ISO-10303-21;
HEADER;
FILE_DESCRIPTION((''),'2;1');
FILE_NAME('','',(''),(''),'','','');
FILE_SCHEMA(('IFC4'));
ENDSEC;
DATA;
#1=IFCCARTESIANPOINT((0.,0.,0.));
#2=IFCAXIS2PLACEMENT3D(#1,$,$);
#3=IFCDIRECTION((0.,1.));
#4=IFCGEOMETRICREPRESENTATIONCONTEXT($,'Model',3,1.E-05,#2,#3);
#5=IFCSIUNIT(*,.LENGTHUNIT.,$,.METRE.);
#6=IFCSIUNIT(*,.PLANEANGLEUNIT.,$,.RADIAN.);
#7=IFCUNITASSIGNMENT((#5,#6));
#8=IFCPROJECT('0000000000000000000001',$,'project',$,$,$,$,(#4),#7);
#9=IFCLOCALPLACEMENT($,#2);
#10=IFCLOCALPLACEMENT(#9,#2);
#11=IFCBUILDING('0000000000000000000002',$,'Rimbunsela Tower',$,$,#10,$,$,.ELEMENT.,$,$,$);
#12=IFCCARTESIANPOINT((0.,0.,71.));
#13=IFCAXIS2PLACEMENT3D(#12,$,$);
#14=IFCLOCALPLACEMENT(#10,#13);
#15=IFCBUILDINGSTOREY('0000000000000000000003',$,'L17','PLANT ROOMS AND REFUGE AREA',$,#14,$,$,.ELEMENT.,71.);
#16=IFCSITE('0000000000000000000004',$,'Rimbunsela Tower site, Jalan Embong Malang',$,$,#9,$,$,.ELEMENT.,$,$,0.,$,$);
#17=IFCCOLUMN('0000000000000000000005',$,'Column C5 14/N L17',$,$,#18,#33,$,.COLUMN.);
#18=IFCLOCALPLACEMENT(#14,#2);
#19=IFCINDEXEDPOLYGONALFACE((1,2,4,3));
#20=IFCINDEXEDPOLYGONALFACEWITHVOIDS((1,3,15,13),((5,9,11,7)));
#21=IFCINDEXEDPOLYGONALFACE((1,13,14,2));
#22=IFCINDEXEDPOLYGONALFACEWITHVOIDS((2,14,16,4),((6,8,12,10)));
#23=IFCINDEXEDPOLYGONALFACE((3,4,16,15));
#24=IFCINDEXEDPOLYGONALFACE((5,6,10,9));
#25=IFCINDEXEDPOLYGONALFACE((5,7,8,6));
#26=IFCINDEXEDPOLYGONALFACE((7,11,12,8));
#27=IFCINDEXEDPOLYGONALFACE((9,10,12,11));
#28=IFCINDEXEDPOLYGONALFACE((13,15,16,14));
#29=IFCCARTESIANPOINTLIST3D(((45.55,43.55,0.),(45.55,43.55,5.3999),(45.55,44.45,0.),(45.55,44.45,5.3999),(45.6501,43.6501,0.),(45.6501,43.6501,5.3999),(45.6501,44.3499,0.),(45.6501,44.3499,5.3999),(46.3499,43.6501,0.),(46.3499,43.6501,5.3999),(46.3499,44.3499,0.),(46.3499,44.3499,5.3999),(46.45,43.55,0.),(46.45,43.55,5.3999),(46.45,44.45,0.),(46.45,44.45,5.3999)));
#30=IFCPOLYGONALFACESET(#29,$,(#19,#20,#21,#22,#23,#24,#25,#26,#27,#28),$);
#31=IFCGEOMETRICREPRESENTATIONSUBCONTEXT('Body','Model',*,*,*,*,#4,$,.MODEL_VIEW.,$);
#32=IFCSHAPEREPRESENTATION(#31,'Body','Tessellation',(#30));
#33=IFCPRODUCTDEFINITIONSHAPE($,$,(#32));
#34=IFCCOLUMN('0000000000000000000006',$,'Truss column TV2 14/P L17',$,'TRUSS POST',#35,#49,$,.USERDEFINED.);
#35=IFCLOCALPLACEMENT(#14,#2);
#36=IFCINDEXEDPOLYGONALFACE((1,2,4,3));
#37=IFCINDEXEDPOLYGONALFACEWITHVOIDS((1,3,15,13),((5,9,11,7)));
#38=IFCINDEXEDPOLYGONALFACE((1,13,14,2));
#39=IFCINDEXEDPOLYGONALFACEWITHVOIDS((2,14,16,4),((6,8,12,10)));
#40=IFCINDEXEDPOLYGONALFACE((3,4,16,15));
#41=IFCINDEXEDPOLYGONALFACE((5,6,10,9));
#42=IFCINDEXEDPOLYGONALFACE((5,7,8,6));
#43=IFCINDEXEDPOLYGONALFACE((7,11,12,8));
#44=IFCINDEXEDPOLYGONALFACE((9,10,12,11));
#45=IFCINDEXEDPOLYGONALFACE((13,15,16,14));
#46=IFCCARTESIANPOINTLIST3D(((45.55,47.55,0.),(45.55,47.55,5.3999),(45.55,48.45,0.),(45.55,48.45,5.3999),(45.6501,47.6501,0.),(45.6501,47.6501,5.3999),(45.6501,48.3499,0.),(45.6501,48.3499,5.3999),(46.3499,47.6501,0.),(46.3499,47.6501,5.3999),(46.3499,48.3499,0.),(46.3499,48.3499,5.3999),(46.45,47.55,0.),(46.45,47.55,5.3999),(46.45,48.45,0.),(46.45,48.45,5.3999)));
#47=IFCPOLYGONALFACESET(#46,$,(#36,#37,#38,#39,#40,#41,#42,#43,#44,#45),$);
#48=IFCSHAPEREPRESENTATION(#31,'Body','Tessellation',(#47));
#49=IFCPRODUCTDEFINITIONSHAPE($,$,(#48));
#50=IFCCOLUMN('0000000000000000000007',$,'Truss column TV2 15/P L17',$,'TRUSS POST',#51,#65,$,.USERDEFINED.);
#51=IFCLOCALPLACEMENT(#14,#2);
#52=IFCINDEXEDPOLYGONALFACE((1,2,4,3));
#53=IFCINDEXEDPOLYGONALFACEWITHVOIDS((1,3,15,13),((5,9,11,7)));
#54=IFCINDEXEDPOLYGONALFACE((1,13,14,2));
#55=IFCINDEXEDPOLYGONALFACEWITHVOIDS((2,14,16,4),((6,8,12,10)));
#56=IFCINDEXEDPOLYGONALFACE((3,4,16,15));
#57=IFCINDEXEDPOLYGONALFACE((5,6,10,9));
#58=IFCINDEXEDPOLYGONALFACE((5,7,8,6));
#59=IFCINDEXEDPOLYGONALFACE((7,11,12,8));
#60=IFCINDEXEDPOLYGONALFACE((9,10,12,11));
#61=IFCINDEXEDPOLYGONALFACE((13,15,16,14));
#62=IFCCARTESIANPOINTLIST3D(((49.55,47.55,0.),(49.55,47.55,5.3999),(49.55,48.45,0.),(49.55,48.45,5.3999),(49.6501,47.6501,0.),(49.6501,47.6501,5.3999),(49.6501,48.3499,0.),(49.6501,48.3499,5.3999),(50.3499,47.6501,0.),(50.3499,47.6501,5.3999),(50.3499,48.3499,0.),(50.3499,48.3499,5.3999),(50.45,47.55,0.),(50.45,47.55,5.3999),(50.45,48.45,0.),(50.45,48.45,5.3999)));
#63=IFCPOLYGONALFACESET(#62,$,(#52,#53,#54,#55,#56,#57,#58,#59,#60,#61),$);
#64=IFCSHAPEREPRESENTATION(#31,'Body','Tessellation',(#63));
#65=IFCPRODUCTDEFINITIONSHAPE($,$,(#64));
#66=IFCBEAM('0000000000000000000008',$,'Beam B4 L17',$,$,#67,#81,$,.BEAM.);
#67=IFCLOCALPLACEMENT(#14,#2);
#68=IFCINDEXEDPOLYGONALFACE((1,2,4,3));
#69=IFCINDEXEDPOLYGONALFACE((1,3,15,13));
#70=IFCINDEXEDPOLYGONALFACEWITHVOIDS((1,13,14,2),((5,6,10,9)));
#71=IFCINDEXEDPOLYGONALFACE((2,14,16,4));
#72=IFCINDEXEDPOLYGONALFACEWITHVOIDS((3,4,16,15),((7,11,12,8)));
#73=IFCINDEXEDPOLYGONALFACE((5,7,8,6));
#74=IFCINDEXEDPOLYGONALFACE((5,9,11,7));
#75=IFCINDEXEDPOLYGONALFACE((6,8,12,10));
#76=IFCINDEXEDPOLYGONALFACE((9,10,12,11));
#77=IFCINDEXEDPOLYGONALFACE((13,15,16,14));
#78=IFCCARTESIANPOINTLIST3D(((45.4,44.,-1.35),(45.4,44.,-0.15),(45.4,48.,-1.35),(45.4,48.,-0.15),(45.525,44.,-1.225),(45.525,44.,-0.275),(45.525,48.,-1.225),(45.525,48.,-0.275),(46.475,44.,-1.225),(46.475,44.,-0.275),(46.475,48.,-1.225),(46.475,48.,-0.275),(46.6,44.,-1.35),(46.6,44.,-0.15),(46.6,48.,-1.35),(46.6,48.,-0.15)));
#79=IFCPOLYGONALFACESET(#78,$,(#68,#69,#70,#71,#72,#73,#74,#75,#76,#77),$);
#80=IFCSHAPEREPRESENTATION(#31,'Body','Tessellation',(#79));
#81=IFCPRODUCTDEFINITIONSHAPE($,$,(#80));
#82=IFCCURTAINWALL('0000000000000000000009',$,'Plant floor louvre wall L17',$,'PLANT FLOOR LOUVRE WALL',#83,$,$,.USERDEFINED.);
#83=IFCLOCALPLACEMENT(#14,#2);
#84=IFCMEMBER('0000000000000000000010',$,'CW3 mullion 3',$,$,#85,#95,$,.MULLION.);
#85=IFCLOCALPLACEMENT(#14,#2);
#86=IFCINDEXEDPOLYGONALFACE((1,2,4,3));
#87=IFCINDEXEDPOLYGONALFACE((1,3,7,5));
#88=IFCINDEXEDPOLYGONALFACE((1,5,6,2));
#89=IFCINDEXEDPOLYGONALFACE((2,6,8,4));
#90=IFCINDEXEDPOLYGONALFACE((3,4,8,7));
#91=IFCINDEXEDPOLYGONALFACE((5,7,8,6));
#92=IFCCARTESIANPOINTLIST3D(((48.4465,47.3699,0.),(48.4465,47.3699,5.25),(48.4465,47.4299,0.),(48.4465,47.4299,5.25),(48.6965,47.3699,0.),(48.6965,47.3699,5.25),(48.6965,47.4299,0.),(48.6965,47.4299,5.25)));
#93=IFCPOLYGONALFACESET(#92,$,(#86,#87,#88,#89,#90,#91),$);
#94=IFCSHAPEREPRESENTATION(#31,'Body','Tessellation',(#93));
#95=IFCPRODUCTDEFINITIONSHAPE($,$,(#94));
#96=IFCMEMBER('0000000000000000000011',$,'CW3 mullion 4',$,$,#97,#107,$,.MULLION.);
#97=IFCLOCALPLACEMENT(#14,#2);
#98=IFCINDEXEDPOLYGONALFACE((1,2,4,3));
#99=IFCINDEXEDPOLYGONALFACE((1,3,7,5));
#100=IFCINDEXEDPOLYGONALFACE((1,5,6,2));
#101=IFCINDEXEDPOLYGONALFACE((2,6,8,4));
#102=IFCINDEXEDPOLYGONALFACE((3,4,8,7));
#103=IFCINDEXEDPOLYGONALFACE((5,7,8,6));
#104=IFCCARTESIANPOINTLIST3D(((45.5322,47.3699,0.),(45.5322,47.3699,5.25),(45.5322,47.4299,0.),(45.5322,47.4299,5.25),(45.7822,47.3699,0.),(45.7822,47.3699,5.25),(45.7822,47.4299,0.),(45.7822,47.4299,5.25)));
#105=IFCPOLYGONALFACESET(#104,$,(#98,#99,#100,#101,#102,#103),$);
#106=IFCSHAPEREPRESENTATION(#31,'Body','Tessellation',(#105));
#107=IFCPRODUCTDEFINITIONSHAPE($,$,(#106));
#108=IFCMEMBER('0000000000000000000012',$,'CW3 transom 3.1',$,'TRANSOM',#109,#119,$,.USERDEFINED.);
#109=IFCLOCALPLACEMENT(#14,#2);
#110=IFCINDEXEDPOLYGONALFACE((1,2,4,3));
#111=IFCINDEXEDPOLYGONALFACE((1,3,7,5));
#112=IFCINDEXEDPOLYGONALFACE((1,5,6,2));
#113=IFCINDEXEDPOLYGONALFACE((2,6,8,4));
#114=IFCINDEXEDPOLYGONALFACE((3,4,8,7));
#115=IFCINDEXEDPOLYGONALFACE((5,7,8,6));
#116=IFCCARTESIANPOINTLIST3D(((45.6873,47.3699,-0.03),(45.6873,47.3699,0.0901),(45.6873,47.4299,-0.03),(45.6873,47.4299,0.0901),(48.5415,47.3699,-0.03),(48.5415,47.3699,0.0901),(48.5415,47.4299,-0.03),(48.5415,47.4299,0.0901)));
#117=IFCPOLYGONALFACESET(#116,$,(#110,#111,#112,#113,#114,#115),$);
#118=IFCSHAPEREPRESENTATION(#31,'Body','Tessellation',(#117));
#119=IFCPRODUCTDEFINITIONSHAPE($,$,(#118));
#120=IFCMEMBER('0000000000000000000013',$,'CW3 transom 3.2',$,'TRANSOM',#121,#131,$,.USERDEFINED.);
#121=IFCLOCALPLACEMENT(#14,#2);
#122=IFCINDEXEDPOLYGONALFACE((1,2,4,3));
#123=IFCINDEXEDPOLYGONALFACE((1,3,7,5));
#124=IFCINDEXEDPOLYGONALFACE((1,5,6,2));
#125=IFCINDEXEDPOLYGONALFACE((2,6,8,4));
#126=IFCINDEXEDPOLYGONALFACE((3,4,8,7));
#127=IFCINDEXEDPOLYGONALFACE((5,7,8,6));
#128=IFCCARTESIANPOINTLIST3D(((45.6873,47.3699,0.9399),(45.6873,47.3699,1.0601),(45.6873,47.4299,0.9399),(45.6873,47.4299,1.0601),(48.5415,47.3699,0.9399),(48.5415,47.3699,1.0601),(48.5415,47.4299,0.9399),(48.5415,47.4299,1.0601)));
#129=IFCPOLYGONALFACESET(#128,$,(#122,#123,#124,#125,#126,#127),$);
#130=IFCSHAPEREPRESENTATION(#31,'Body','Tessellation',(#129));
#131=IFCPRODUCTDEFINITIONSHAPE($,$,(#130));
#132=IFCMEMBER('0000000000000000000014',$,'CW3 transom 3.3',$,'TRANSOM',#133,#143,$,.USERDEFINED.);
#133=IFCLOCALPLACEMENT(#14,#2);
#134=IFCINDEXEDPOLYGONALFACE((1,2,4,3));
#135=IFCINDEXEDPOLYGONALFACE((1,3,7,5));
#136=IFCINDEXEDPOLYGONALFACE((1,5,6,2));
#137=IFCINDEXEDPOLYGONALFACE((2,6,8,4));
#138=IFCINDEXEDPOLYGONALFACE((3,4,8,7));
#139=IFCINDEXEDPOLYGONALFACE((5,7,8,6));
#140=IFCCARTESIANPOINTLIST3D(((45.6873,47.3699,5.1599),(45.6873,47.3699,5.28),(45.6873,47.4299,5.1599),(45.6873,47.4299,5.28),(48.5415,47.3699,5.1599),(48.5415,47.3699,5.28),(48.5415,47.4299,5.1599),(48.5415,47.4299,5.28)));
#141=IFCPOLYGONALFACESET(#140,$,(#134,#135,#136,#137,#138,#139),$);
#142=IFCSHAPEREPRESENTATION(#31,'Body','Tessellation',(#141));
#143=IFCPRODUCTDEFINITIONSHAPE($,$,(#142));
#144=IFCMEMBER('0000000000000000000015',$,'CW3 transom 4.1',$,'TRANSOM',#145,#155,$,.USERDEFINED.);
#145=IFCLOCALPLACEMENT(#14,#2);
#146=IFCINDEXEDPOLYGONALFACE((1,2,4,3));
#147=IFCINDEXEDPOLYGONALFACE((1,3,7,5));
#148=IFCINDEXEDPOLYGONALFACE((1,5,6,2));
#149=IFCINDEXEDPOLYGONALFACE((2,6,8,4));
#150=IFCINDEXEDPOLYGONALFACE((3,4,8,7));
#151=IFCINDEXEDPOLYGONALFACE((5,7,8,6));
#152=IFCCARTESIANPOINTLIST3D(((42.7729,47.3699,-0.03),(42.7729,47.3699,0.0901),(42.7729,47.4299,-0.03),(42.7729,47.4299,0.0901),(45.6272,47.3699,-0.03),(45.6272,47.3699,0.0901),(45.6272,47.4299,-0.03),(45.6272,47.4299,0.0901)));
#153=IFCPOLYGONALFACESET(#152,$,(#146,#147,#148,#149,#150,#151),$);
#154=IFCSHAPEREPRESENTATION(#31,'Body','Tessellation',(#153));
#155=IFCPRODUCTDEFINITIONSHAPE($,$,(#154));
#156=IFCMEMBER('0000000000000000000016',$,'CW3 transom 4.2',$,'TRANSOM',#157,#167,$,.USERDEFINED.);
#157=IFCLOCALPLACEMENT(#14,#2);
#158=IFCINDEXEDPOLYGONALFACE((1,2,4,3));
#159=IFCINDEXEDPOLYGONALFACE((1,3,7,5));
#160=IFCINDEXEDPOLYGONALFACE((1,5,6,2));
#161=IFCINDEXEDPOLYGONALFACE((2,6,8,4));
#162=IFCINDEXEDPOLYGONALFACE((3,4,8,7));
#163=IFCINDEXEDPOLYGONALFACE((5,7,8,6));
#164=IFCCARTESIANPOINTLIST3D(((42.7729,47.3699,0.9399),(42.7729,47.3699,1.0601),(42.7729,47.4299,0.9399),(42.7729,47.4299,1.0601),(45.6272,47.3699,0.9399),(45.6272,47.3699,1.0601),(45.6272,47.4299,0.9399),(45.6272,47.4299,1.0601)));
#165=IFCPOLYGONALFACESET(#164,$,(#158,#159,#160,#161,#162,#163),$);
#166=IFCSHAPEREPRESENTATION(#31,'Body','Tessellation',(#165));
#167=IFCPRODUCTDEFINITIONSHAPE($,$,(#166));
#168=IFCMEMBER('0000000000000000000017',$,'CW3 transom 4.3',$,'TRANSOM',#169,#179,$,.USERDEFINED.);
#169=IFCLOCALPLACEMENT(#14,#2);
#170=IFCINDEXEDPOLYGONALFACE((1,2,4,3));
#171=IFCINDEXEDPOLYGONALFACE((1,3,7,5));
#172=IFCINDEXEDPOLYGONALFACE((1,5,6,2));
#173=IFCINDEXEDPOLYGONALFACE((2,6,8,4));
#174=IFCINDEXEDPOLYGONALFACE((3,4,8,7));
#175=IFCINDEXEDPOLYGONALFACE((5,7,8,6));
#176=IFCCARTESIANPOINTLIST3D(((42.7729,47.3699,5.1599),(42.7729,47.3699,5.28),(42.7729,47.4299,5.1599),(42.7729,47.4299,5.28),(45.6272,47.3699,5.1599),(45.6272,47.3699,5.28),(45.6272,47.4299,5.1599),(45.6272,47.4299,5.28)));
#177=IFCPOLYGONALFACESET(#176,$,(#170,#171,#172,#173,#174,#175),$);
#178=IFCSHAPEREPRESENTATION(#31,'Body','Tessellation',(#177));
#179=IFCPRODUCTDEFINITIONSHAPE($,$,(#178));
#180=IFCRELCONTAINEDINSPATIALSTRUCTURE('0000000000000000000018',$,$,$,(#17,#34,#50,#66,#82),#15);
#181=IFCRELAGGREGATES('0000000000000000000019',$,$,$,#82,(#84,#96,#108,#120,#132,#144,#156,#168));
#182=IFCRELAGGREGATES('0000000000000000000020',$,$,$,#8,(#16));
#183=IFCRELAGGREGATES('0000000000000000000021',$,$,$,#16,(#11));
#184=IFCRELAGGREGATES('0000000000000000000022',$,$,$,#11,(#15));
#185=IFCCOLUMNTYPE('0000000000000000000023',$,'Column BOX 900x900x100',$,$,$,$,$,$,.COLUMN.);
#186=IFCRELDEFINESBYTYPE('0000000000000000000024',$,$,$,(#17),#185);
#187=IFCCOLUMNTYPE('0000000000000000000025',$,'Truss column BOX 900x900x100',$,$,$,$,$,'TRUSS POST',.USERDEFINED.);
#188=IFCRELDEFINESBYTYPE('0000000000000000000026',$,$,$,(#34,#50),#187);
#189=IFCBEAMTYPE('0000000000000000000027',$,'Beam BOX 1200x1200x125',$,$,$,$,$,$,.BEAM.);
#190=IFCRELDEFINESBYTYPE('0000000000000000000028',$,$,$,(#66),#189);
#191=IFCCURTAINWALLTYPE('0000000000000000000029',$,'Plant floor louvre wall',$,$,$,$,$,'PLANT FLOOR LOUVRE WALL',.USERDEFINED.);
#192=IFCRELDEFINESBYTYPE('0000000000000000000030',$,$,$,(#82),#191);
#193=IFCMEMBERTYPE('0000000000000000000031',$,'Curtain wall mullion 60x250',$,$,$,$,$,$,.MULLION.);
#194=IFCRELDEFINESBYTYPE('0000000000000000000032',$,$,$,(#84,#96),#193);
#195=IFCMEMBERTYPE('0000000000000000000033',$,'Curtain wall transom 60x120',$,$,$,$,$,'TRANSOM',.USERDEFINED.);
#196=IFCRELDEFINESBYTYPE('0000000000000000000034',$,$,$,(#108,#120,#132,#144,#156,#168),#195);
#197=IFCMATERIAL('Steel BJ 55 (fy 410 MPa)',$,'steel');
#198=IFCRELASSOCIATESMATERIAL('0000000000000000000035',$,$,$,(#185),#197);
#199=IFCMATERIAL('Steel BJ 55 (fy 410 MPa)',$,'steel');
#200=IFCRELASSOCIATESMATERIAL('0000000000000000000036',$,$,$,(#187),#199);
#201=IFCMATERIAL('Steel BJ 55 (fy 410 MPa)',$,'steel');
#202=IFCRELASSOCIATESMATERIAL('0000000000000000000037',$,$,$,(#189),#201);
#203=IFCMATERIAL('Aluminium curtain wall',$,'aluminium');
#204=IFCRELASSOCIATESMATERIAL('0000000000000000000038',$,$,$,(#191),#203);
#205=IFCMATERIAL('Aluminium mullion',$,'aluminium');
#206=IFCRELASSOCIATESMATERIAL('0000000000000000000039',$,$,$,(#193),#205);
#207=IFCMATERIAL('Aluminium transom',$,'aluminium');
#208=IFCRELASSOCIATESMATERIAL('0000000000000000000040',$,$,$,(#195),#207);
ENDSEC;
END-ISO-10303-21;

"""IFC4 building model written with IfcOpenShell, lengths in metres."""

from ifc_helpers import new_model, si_unit, direction, frame, origin, origin_2d, place, context, subcontext, project, spatial, rectangle, hollow_rectangle, extrude, material, material_profile, profile_set, type_object, element, aggregate, save


model = new_model("IFC4")

# Units and contexts
model_context = context("Model", 3, precision=1e-05, world=origin(), true_north=direction((0.0, 1.0)))
body_context = subcontext(model_context, "Body", "Model", "MODEL_VIEW")
ifc_project = project(units=[si_unit("LENGTHUNIT", "METRE"), si_unit("PLANEANGLEUNIT", "RADIAN")], contexts=[model_context])

# Site, building, storey
site_placement = place(None, origin())
site = spatial("IfcSite", under=ifc_project, at=site_placement, Name="Rimbunsela Tower site, Jalan Embong Malang", CompositionType="ELEMENT", RefElevation=0.0)
building_placement = place(site_placement, origin())
building = spatial("IfcBuilding", under=site, at=building_placement, Name="Rimbunsela Tower", CompositionType="ELEMENT")
storey_placement = place(building_placement, frame((0.0, 0.0, 71.0)))
storey = spatial("IfcBuildingStorey", under=building, at=storey_placement, Name="L17", Description="PLANT ROOMS AND REFUGE AREA", CompositionType="ELEMENT", Elevation=71.0)

# Columns
ifc_material_1 = material(Name="Steel BJ 55 (fy 410 MPa)", Category="steel")
ifc_material_profile_1 = material_profile(ifc_material_1, hollow_rectangle(XDim=0.8999, YDim=0.8999, WallThickness=0.1001, at=origin_2d()), Name="BOX 900x900x100")
ifc_profile_set_1 = profile_set([ifc_material_profile_1], Name="Steel BJ 55 (fy 410 MPa)")
column_type_1 = type_object("IfcColumnType", Name="Column BOX 900x900x100", PredefinedType="COLUMN", material=ifc_profile_set_1)
column_placement = place(storey_placement, frame((46.0, 44.0, 0.0), z_axis=(0.0, 0.0, 1.0), x_axis=(1.0, 0.0, 0.0)))
element("IfcColumn", 1, at=column_placement, inside=storey, type_object=column_type_1, Name="Column C5 14/N L17", PredefinedType="COLUMN", context=body_context, shape_type="SweptSolid", body=[
    extrude(hollow_rectangle(XDim=0.8999, YDim=0.8999, WallThickness=0.1001, at=origin_2d()), origin(), (0.0, 0.0, 1.0), 5.3999),
])
ifc_material_2 = material(Name="Steel BJ 55 (fy 410 MPa)", Category="steel")
ifc_material_profile_2 = material_profile(ifc_material_2, hollow_rectangle(XDim=0.8999, YDim=0.8999, WallThickness=0.1001, at=origin_2d()), Name="BOX 900x900x100")
ifc_profile_set_2 = profile_set([ifc_material_profile_2], Name="Steel BJ 55 (fy 410 MPa)")
column_type_2 = type_object("IfcColumnType", Name="Truss column BOX 900x900x100", ElementType="TRUSS POST", PredefinedType="USERDEFINED", material=ifc_profile_set_2)
for number, where, z_axis, x_axis, name in (
    (2, (46.0, 48.0, 0.0), (0.0, 0.0, 1.0), (1.0, 0.0, 0.0), "Truss column TV2 14/P L17"),
    (3, (50.0, 48.0, 0.0), (0.0, 0.0, 1.0), (1.0, 0.0, 0.0), "Truss column TV2 15/P L17"),
):
    element("IfcColumn", number, at=place(storey_placement, frame(where, z_axis=z_axis, x_axis=x_axis)), inside=storey, type_object=column_type_2, Name=name, ObjectType="TRUSS POST", PredefinedType="USERDEFINED", context=body_context, shape_type="SweptSolid", body=[
        extrude(hollow_rectangle(XDim=0.8999, YDim=0.8999, WallThickness=0.1001, at=origin_2d()), origin(), (0.0, 0.0, 1.0), 5.3999),
    ])

# Beam
ifc_material_3 = material(Name="Steel BJ 55 (fy 410 MPa)", Category="steel")
ifc_material_profile_3 = material_profile(ifc_material_3, hollow_rectangle(XDim=1.2, YDim=1.2, WallThickness=0.125, at=origin_2d()), Name="BOX 1200x1200x125")
ifc_profile_set_3 = profile_set([ifc_material_profile_3], Name="Steel BJ 55 (fy 410 MPa)")
beam_type_1 = type_object("IfcBeamType", Name="Beam BOX 1200x1200x125", PredefinedType="BEAM", material=ifc_profile_set_3)
beam_placement = place(storey_placement, frame((46.0, 44.0, -0.75), z_axis=(0.0, 1.0, 0.0), x_axis=(-1.0, 0.0, 0.0)))
element("IfcBeam", 4, at=beam_placement, inside=storey, type_object=beam_type_1, Name="Beam B4 L17", PredefinedType="BEAM", context=body_context, shape_type="SweptSolid", body=[
    extrude(hollow_rectangle(XDim=1.2, YDim=1.2, WallThickness=0.125, at=origin_2d()), origin(), (0.0, 0.0, 1.0), 4.0),
])

# Curtain wall, members
ifc_material_4 = material(Name="Aluminium curtain wall", Category="aluminium")
curtain_wall_type = type_object("IfcCurtainWallType", Name="Plant floor louvre wall", ElementType="PLANT FLOOR LOUVRE WALL", PredefinedType="USERDEFINED", material=ifc_material_4)
curtain_wall_placement = place(storey_placement, origin())
curtain_wall = element("IfcCurtainWall", 5, at=curtain_wall_placement, inside=storey, type_object=curtain_wall_type, Name="Plant floor louvre wall L17", ObjectType="PLANT FLOOR LOUVRE WALL", PredefinedType="USERDEFINED")
ifc_material_5 = material(Name="Aluminium mullion", Category="aluminium")
ifc_material_profile_4 = material_profile(ifc_material_5, rectangle(XDim=0.0601, YDim=0.25, at=origin_2d()), Name="Mullion 60x250")
ifc_profile_set_4 = profile_set([ifc_material_profile_4], Name="Aluminium mullion")
member_type_1 = type_object("IfcMemberType", Name="Curtain wall mullion 60x250", PredefinedType="MULLION", material=ifc_profile_set_4)
member_1_placement = place(storey_placement, frame((48.5715, 47.3999, 0.0), z_axis=(0.0, 0.0, 1.0), x_axis=(0.0, -1.0, 0.0)))
member_1 = element("IfcMember", 6, at=member_1_placement, type_object=member_type_1, Name="CW3 mullion 3", PredefinedType="MULLION", context=body_context, shape_type="SweptSolid", body=[
    extrude(rectangle(XDim=0.0601, YDim=0.25, at=origin_2d()), origin(), (0.0, 0.0, 1.0), 5.25),
])
member_2_placement = place(storey_placement, frame((45.6572, 47.3999, 0.0), z_axis=(0.0, 0.0, 1.0), x_axis=(0.0, -1.0, 0.0)))
member_2 = element("IfcMember", 7, at=member_2_placement, type_object=member_type_1, Name="CW3 mullion 4", PredefinedType="MULLION", context=body_context, shape_type="SweptSolid", body=[
    extrude(rectangle(XDim=0.0601, YDim=0.25, at=origin_2d()), origin(), (0.0, 0.0, 1.0), 5.25),
])
ifc_material_6 = material(Name="Aluminium transom", Category="aluminium")
ifc_material_profile_5 = material_profile(ifc_material_6, rectangle(XDim=0.0601, YDim=0.1201, at=origin_2d()), Name="Transom 60x120")
ifc_profile_set_5 = profile_set([ifc_material_profile_5], Name="Aluminium transom")
member_type_2 = type_object("IfcMemberType", Name="Curtain wall transom 60x120", ElementType="TRANSOM", PredefinedType="USERDEFINED", material=ifc_profile_set_5)
member_3_placement = place(storey_placement, frame((48.5415, 47.3999, 0.03), z_axis=(-1.0, 0.0, 0.0), x_axis=(0.0, -1.0, 0.0)))
member_3 = element("IfcMember", 8, at=member_3_placement, type_object=member_type_2, Name="CW3 transom 3.1", ObjectType="TRANSOM", PredefinedType="USERDEFINED", context=body_context, shape_type="SweptSolid", body=[
    extrude(rectangle(XDim=0.0601, YDim=0.1201, at=origin_2d()), origin(), (0.0, 0.0, 1.0), 2.8542),
])
member_4_placement = place(storey_placement, frame((48.5415, 47.3999, 1.0), z_axis=(-1.0, 0.0, 0.0), x_axis=(0.0, -1.0, 0.0)))
member_4 = element("IfcMember", 9, at=member_4_placement, type_object=member_type_2, Name="CW3 transom 3.2", ObjectType="TRANSOM", PredefinedType="USERDEFINED", context=body_context, shape_type="SweptSolid", body=[
    extrude(rectangle(XDim=0.0601, YDim=0.1201, at=origin_2d()), origin(), (0.0, 0.0, 1.0), 2.8542),
])
member_5_placement = place(storey_placement, frame((48.5415, 47.3999, 5.22), z_axis=(-1.0, 0.0, 0.0), x_axis=(0.0, -1.0, 0.0)))
member_5 = element("IfcMember", 10, at=member_5_placement, type_object=member_type_2, Name="CW3 transom 3.3", ObjectType="TRANSOM", PredefinedType="USERDEFINED", context=body_context, shape_type="SweptSolid", body=[
    extrude(rectangle(XDim=0.0601, YDim=0.1201, at=origin_2d()), origin(), (0.0, 0.0, 1.0), 2.8542),
])
member_6_placement = place(storey_placement, frame((45.6272, 47.3999, 0.03), z_axis=(-1.0, 0.0, 0.0), x_axis=(0.0, -1.0, 0.0)))
member_6 = element("IfcMember", 11, at=member_6_placement, type_object=member_type_2, Name="CW3 transom 4.1", ObjectType="TRANSOM", PredefinedType="USERDEFINED", context=body_context, shape_type="SweptSolid", body=[
    extrude(rectangle(XDim=0.0601, YDim=0.1201, at=origin_2d()), origin(), (0.0, 0.0, 1.0), 2.8542),
])
member_7_placement = place(storey_placement, frame((45.6272, 47.3999, 1.0), z_axis=(-1.0, 0.0, 0.0), x_axis=(0.0, -1.0, 0.0)))
member_7 = element("IfcMember", 12, at=member_7_placement, type_object=member_type_2, Name="CW3 transom 4.2", ObjectType="TRANSOM", PredefinedType="USERDEFINED", context=body_context, shape_type="SweptSolid", body=[
    extrude(rectangle(XDim=0.0601, YDim=0.1201, at=origin_2d()), origin(), (0.0, 0.0, 1.0), 2.8542),
])
member_8_placement = place(storey_placement, frame((45.6272, 47.3999, 5.22), z_axis=(-1.0, 0.0, 0.0), x_axis=(0.0, -1.0, 0.0)))
member_8 = element("IfcMember", 13, at=member_8_placement, type_object=member_type_2, Name="CW3 transom 4.3", ObjectType="TRANSOM", PredefinedType="USERDEFINED", context=body_context, shape_type="SweptSolid", body=[
    extrude(rectangle(XDim=0.0601, YDim=0.1201, at=origin_2d()), origin(), (0.0, 0.0, 1.0), 2.8542),
])

aggregate(curtain_wall, [member_1, member_2, member_3, member_4, member_5, member_6, member_7, member_8])

save(model, "model.ifc")
